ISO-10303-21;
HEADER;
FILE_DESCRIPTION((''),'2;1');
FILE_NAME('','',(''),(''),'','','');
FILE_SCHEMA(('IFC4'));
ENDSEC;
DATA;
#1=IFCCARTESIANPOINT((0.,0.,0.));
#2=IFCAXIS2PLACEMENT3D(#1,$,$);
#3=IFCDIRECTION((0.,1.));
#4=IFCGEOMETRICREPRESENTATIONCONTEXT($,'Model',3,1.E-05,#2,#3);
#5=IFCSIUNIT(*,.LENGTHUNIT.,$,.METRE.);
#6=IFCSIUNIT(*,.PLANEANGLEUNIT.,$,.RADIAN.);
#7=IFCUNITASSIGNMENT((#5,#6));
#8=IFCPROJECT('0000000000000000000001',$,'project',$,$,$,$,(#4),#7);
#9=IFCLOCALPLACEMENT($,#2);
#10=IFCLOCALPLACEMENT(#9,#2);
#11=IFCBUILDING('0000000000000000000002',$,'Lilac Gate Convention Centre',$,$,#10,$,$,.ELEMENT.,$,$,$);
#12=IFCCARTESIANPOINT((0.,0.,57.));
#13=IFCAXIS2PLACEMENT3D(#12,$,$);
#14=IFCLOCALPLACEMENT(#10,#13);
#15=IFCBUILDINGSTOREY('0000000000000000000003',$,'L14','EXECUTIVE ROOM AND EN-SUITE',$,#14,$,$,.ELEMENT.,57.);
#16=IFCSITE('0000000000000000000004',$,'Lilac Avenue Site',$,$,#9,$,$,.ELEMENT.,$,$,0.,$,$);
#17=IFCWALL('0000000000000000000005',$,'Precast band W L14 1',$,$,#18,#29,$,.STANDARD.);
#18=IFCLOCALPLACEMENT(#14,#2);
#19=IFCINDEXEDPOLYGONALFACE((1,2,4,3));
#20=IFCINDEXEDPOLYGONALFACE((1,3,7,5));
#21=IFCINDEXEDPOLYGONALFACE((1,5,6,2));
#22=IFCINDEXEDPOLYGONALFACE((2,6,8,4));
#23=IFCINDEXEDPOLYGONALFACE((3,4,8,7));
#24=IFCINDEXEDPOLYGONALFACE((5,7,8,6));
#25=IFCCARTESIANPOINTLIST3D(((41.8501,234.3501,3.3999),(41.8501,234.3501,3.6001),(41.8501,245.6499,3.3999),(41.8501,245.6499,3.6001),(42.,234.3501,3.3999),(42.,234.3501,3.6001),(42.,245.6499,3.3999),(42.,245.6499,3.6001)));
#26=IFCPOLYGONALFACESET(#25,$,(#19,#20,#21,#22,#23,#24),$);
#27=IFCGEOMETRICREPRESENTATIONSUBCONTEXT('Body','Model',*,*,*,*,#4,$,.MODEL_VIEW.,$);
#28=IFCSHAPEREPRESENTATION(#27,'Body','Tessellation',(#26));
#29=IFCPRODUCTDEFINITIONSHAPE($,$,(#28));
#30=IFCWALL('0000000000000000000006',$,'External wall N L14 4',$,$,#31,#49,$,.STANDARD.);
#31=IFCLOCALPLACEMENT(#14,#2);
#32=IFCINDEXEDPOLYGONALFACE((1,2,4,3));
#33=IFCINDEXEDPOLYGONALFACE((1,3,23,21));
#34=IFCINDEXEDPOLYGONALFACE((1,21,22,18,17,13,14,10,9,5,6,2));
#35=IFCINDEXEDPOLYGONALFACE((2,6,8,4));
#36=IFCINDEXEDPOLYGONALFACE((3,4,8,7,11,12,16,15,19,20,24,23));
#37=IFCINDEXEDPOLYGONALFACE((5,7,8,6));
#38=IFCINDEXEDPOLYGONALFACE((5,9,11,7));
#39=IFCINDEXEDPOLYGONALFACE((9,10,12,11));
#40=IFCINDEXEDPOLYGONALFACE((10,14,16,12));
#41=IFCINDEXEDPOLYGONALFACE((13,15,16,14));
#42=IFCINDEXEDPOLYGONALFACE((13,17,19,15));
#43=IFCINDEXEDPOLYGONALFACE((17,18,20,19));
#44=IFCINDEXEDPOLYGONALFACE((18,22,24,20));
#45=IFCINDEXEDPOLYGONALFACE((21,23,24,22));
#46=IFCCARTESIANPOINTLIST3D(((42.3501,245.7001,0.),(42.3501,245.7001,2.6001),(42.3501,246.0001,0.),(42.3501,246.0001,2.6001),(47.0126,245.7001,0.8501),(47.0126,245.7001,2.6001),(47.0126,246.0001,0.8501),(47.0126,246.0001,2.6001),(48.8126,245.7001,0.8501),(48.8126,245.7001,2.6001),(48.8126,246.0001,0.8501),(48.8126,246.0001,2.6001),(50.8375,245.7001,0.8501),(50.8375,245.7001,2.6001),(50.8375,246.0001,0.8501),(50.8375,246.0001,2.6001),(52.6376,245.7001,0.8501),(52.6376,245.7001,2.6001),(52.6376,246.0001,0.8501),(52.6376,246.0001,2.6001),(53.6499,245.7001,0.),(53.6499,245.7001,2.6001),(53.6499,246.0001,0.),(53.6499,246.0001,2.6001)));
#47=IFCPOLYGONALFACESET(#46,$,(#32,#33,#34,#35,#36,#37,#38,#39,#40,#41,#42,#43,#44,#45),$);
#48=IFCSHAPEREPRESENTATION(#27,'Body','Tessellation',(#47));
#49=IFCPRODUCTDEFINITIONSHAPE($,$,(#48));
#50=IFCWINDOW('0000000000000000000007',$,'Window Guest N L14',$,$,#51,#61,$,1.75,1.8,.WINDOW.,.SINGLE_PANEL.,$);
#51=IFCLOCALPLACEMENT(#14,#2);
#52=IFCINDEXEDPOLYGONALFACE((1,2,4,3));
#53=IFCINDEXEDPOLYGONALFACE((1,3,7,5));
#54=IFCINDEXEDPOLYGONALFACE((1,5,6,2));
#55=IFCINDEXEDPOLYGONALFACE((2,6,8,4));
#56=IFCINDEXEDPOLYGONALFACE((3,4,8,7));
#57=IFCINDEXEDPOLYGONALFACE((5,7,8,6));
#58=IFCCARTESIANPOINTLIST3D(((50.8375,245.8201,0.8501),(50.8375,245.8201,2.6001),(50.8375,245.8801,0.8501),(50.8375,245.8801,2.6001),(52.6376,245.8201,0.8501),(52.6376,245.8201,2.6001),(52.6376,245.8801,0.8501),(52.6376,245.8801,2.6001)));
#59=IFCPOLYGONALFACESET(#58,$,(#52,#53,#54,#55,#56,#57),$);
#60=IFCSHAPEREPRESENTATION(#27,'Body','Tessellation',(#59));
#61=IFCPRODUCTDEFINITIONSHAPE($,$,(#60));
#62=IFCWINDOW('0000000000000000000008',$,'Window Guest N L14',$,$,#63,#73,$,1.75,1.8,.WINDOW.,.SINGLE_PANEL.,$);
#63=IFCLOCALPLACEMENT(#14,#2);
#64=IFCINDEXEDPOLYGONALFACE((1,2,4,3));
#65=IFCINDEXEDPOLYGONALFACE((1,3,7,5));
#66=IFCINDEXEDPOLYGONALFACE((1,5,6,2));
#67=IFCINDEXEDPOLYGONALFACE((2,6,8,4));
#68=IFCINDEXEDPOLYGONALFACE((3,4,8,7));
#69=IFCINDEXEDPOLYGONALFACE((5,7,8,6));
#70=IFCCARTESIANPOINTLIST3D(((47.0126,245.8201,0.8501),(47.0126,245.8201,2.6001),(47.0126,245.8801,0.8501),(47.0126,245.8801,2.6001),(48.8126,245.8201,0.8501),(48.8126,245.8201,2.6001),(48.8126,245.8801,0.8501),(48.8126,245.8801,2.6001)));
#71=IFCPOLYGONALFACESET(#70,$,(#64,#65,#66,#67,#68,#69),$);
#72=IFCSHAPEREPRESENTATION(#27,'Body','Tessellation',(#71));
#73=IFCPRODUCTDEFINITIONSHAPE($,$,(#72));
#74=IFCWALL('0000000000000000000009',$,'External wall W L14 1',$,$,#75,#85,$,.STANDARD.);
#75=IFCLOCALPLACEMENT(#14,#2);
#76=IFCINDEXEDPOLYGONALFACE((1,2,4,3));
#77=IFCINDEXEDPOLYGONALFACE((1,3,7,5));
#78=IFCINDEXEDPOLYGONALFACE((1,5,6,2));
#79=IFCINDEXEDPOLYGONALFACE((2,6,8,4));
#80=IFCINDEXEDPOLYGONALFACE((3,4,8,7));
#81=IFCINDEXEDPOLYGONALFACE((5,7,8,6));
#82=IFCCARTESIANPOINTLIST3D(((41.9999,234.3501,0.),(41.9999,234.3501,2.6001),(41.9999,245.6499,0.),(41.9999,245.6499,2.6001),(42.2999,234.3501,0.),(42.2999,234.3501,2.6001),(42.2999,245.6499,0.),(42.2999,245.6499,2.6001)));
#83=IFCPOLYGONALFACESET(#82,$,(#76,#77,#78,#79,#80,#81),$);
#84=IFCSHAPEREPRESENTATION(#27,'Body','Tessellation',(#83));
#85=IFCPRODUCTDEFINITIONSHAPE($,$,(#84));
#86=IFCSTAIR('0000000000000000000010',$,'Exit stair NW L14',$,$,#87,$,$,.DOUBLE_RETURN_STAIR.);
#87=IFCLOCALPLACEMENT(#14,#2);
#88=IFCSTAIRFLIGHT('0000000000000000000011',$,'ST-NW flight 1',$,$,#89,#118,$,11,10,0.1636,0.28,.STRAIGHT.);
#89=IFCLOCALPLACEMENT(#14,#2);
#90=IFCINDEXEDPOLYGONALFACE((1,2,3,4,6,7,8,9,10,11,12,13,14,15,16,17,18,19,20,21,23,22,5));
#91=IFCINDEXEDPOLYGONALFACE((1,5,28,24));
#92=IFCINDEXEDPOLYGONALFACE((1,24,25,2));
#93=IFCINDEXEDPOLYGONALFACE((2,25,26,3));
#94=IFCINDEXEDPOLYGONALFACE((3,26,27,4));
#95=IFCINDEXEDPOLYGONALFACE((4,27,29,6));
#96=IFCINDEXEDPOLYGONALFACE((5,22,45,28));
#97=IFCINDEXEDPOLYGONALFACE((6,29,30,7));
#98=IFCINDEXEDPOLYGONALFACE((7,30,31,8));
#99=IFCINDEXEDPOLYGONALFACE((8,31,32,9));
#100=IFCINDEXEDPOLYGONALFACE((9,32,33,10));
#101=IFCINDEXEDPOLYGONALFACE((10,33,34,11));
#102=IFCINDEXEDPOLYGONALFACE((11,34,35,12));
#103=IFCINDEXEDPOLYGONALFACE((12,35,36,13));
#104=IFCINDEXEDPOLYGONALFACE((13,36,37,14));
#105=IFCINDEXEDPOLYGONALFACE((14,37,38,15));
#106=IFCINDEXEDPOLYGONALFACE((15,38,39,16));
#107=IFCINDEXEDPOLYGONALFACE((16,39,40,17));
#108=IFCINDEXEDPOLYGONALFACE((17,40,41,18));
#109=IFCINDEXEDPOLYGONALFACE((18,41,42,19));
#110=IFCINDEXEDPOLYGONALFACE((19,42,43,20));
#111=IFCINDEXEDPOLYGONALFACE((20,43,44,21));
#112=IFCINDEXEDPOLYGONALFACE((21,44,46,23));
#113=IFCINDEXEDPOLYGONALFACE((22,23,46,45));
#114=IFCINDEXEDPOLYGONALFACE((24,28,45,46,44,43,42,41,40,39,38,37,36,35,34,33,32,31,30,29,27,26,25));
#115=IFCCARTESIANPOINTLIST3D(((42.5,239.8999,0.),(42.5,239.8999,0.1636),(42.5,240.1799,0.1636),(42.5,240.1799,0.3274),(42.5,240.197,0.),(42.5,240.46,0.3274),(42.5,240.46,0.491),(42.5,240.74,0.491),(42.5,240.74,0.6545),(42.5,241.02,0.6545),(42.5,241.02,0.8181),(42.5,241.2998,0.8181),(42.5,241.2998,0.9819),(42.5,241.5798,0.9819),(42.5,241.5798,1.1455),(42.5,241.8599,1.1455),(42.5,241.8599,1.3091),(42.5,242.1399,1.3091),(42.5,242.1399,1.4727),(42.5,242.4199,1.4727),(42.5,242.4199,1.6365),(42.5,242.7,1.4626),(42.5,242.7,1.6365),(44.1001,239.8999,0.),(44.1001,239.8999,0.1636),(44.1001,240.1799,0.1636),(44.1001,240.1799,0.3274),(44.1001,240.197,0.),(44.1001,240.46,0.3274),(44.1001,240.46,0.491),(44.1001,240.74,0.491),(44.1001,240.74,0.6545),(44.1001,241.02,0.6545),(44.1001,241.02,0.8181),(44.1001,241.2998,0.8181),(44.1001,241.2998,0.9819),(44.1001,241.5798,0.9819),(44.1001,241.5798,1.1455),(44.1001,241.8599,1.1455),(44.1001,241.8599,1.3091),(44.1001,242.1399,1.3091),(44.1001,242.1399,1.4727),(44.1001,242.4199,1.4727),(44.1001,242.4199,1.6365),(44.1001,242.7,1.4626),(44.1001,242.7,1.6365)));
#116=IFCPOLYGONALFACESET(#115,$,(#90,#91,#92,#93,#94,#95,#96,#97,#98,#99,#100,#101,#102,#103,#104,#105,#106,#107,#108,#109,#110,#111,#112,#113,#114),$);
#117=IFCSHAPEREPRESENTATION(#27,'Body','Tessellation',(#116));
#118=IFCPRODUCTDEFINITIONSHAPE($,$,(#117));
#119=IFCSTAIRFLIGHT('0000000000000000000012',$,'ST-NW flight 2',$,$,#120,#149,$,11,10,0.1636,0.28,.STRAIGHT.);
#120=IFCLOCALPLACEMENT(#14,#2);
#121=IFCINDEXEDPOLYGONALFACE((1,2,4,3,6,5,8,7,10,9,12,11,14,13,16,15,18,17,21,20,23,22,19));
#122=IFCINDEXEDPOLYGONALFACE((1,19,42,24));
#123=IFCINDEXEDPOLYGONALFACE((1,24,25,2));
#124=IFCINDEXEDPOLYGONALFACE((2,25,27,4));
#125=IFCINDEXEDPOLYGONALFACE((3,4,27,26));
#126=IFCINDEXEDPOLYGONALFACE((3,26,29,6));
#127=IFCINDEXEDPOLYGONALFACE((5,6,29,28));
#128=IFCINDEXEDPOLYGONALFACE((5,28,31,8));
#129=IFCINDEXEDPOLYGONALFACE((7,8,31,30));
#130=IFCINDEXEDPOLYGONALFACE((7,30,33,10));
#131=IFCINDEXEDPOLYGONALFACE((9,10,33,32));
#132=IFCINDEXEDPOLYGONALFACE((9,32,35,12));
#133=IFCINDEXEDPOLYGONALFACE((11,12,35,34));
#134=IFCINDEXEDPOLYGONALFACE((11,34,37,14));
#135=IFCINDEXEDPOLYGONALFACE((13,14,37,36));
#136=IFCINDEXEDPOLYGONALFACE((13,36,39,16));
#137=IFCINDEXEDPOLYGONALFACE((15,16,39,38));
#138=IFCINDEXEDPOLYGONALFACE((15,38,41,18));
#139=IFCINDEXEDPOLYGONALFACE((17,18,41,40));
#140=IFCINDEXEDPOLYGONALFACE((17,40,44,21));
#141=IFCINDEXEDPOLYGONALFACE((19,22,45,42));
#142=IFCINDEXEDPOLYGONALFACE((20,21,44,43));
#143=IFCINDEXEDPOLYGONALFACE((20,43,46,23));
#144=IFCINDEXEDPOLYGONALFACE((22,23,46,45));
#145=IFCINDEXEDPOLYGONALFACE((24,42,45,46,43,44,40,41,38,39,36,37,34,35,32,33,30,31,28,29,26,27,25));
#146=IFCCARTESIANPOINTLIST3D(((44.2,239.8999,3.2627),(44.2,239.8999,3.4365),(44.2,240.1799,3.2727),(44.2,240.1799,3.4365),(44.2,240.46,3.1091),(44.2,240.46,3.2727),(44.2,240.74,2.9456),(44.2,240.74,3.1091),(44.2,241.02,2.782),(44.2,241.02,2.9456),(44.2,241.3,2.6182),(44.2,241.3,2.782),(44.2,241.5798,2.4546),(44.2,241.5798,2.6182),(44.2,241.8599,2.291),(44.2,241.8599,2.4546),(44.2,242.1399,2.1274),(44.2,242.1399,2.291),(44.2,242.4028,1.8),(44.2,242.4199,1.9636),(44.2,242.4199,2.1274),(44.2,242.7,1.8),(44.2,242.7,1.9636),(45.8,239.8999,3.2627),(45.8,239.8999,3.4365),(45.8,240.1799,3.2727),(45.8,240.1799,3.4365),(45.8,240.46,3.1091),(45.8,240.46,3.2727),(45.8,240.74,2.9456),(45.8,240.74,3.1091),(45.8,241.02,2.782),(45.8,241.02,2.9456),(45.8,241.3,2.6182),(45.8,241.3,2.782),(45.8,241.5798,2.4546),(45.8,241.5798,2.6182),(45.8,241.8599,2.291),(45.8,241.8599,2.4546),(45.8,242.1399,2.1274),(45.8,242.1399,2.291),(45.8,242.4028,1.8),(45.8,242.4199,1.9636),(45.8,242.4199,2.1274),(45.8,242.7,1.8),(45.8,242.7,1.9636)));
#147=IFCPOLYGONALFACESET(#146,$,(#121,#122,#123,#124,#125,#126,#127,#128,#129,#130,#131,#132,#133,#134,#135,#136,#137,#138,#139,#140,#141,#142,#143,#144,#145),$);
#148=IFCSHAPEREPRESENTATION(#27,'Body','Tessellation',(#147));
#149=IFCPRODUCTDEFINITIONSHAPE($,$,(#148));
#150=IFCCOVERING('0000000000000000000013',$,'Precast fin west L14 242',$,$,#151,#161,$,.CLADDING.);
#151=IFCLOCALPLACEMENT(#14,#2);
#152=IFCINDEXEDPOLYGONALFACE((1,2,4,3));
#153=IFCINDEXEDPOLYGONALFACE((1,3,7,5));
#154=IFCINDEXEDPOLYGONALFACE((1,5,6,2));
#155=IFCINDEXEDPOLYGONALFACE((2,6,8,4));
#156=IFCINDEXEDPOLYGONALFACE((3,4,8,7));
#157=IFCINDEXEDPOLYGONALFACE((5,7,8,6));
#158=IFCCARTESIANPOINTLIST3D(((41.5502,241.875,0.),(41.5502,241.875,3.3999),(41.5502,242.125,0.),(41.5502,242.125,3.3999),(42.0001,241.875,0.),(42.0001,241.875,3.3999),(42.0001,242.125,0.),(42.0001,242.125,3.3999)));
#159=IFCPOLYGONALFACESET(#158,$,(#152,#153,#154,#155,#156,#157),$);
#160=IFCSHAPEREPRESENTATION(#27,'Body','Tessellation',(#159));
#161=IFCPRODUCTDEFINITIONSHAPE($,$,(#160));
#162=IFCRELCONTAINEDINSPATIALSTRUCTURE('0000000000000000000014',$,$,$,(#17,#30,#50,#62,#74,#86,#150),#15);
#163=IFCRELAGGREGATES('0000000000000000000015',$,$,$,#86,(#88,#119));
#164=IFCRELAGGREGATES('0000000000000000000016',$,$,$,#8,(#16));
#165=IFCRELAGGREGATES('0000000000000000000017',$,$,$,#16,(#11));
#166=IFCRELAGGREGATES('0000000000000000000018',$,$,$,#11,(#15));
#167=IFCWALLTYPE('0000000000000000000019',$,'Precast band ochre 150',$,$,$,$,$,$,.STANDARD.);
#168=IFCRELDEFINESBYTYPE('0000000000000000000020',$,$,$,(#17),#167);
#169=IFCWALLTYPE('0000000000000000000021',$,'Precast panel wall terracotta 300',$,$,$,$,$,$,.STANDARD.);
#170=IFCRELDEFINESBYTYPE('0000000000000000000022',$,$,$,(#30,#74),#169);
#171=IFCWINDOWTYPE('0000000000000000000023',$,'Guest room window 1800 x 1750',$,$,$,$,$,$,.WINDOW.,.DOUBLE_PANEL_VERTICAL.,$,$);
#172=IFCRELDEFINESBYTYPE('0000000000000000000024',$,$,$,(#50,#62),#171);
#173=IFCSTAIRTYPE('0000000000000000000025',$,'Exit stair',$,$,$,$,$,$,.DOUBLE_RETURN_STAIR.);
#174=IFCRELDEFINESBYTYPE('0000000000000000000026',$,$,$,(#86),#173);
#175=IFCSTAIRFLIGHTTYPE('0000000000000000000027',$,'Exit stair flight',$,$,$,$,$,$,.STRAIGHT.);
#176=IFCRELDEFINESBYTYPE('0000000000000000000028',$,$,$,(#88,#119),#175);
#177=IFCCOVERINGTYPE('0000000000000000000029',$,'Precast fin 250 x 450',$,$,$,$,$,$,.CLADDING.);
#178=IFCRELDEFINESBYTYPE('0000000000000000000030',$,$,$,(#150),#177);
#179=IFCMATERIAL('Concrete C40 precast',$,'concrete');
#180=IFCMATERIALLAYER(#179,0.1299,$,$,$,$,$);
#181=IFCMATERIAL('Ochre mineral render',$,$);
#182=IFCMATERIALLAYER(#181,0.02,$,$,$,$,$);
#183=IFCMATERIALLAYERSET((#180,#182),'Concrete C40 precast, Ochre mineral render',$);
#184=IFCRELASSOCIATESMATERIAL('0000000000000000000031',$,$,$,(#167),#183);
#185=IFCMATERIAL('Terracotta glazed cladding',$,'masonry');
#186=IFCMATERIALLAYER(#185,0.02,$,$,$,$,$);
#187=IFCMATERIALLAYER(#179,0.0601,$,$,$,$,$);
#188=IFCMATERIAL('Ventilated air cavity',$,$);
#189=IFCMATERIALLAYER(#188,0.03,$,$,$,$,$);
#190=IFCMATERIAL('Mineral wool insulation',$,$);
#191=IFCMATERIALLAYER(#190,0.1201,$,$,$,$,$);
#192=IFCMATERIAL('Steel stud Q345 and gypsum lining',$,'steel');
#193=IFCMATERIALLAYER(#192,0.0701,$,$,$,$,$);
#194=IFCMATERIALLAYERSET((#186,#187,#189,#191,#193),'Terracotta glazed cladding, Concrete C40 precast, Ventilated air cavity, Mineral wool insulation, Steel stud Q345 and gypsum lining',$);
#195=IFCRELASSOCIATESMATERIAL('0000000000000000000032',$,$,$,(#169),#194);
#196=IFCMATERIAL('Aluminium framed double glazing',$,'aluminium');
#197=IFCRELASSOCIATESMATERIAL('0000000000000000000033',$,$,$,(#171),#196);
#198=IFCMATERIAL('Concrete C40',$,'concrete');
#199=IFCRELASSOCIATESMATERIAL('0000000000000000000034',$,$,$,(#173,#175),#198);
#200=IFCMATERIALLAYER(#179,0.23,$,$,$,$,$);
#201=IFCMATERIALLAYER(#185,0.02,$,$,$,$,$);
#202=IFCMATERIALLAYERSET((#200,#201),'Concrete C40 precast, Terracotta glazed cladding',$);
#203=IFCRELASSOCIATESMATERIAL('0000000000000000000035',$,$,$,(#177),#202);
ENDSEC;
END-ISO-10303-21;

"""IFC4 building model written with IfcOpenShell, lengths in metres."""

from ifc_helpers import new_model, si_unit, direction, frame, frame_2d, origin, place, context, subcontext, project, spatial, polyline, rectangle, outline, extrude, material, layer, layer_set, type_object, element, fill, aggregate, save


model = new_model("IFC4")

# Units and contexts
model_context = context("Model", 3, precision=1e-05, world=origin(), true_north=direction((0.0, 1.0)))
body_context = subcontext(model_context, "Body", "Model", "MODEL_VIEW")
ifc_project = project(units=[si_unit("LENGTHUNIT", "METRE"), si_unit("PLANEANGLEUNIT", "RADIAN")], contexts=[model_context])

# Site, building, storey
site_placement = place(None, origin())
site = spatial("IfcSite", under=ifc_project, at=site_placement, Name="Lilac Avenue Site", CompositionType="ELEMENT", RefElevation=0.0)
building_placement = place(site_placement, origin())
building = spatial("IfcBuilding", under=site, at=building_placement, Name="Lilac Gate Convention Centre", CompositionType="ELEMENT")
storey_placement = place(building_placement, frame((0.0, 0.0, 57.0)))
storey = spatial("IfcBuildingStorey", under=building, at=storey_placement, Name="L14", Description="EXECUTIVE ROOM AND EN-SUITE", CompositionType="ELEMENT", Elevation=57.0)

# Shared definitions
ifc_material_1 = material(Name="Concrete C40", Category="concrete")

# Wall
ifc_material_2 = material(Name="Concrete C40 precast", Category="concrete")
ifc_layer_1 = layer(ifc_material_2, 0.1299)
ifc_material_3 = material(Name="Ochre mineral render")
ifc_layer_2 = layer(ifc_material_3, 0.02)
ifc_layer_set_1 = layer_set([ifc_layer_1, ifc_layer_2], Name="Concrete C40 precast, Ochre mineral render")
wall_type_1 = type_object("IfcWallType", Name="Precast band ochre 150", PredefinedType="STANDARD", material=ifc_layer_set_1)
for number, where, z_axis, x_axis, name in (
    (1, (41.925, 245.6499, 3.3999), (0.0, 0.0, 1.0), (0.0, -1.0, 0.0), "Precast band W L14 1"),
):
    element("IfcWall", number, at=place(storey_placement, frame(where, z_axis=z_axis, x_axis=x_axis)), inside=storey, type_object=wall_type_1, Name=name, PredefinedType="STANDARD", context=body_context, shape_type="SweptSolid", body=[
        extrude(rectangle(XDim=11.2998, YDim=0.1499, at=frame_2d((5.6499, 0.0))), origin(), (0.0, 0.0, 1.0), 0.2002),
    ])

# Wall, openings, windows
ifc_material_4 = material(Name="Terracotta glazed cladding", Category="masonry")
ifc_layer_3 = layer(ifc_material_4, 0.02)
ifc_layer_4 = layer(ifc_material_2, 0.0601)
ifc_material_5 = material(Name="Ventilated air cavity")
ifc_layer_5 = layer(ifc_material_5, 0.03)
ifc_material_6 = material(Name="Mineral wool insulation")
ifc_layer_6 = layer(ifc_material_6, 0.1201)
ifc_material_7 = material(Name="Steel stud Q345 and gypsum lining", Category="steel")
ifc_layer_7 = layer(ifc_material_7, 0.0701)
ifc_layer_set_2 = layer_set([ifc_layer_3, ifc_layer_4, ifc_layer_5, ifc_layer_6, ifc_layer_7], Name="Terracotta glazed cladding, Concrete C40 precast, Ventilated air cavity, Mineral wool insulation, Steel stud Q345 and gypsum lining")
wall_type_2 = type_object("IfcWallType", Name="Precast panel wall terracotta 300", PredefinedType="STANDARD", material=ifc_layer_set_2)
wall_1_placement = place(storey_placement, frame((53.6499, 245.8501, 0.0), z_axis=(0.0, 0.0, 1.0), x_axis=(-1.0, 0.0, 0.0)))
wall_1 = element("IfcWall", 2, at=wall_1_placement, inside=storey, type_object=wall_type_2, Name="External wall N L14 4", PredefinedType="STANDARD", context=body_context, shape_type="SweptSolid", body=[
    extrude(rectangle(XDim=11.2998, YDim=0.3, at=frame_2d((5.6499, 0.0))), origin(), (0.0, 0.0, 1.0), 2.6001),
])
opening_1_placement = place(wall_1_placement, frame((1.0125, 0.0, 0.8501)))
opening_1 = element("IfcOpeningElement", 3, at=opening_1_placement, cuts=wall_1, PredefinedType="OPENING", context=body_context, shape_type="SweptSolid", body=[
    extrude(rectangle(XDim=1.8, YDim=1.75, at=frame_2d((0.8999, 0.875))), frame((0.0, 0.1599, 0.0), z_axis=(0.0, -1.0, 0.0), x_axis=(1.0, 0.0, 0.0)), (0.0, 0.0, 1.0), 0.3201),
])
opening_2_placement = place(wall_1_placement, frame((4.8374, 0.0, 0.8501)))
opening_2 = element("IfcOpeningElement", 4, at=opening_2_placement, cuts=wall_1, PredefinedType="OPENING", context=body_context, shape_type="SweptSolid", body=[
    extrude(rectangle(XDim=1.8, YDim=1.75, at=frame_2d((0.8999, 0.875))), frame((0.0, 0.1599, 0.0), z_axis=(0.0, -1.0, 0.0), x_axis=(1.0, 0.0, 0.0)), (0.0, 0.0, 1.0), 0.3201),
])
ifc_material_8 = material(Name="Aluminium framed double glazing", Category="aluminium")
window_type = type_object("IfcWindowType", Name="Guest room window 1800 x 1750", PartitioningType="DOUBLE_PANEL_VERTICAL", PredefinedType="WINDOW", material=ifc_material_8)
window_1_placement = place(opening_1_placement, origin())
window_1 = element("IfcWindow", 5, at=window_1_placement, inside=storey, type_object=window_type, Name="Window Guest N L14", OverallHeight=1.75, OverallWidth=1.8, PartitioningType="SINGLE_PANEL", PredefinedType="WINDOW", context=body_context, shape_type="SweptSolid", body=[
    extrude(rectangle(XDim=1.8, YDim=1.75, at=frame_2d((0.8999, 0.875))), frame((0.0, 0.03, 0.0), z_axis=(0.0, -1.0, 0.0), x_axis=(1.0, 0.0, 0.0)), (0.0, 0.0, 1.0), 0.0601),
])
fill(opening_1, window_1)
window_2_placement = place(opening_2_placement, origin())
window_2 = element("IfcWindow", 6, at=window_2_placement, inside=storey, type_object=window_type, Name="Window Guest N L14", OverallHeight=1.75, OverallWidth=1.8, PartitioningType="SINGLE_PANEL", PredefinedType="WINDOW", context=body_context, shape_type="SweptSolid", body=[
    extrude(rectangle(XDim=1.8, YDim=1.75, at=frame_2d((0.8999, 0.875))), frame((0.0, 0.03, 0.0), z_axis=(0.0, -1.0, 0.0), x_axis=(1.0, 0.0, 0.0)), (0.0, 0.0, 1.0), 0.0601),
])
fill(opening_2, window_2)

# Wall
wall_2_placement = place(storey_placement, frame((42.1499, 245.6499, 0.0), z_axis=(0.0, 0.0, 1.0), x_axis=(0.0, -1.0, 0.0)))
element("IfcWall", 7, at=wall_2_placement, inside=storey, type_object=wall_type_2, Name="External wall W L14 1", PredefinedType="STANDARD", context=body_context, shape_type="SweptSolid", body=[
    extrude(rectangle(XDim=11.2998, YDim=0.3, at=frame_2d((5.6499, 0.0))), origin(), (0.0, 0.0, 1.0), 2.6001),
])

# Stair, stair flights
stair_type = type_object("IfcStairType", Name="Exit stair", PredefinedType="DOUBLE_RETURN_STAIR", material=ifc_material_1)
stair_placement = place(storey_placement, origin())
stair = element("IfcStair", 8, at=stair_placement, inside=storey, type_object=stair_type, Name="Exit stair NW L14", PredefinedType="DOUBLE_RETURN_STAIR")
stair_flight_type = type_object("IfcStairFlightType", Name="Exit stair flight", PredefinedType="STRAIGHT", material=ifc_material_1)
stair_flight_1_placement = place(storey_placement, frame((43.3, 239.8999, 0.0), z_axis=(0.0, 0.0, 1.0), x_axis=(0.0, 1.0, 0.0)))
stair_flight_1 = element("IfcStairFlight", 9, at=stair_flight_1_placement, type_object=stair_flight_type, Name="ST-NW flight 1", NumberOfRisers=11, NumberOfTreads=10, PredefinedType="STRAIGHT", RiserHeight=0.1636, TreadLength=0.28, context=body_context, shape_type="SweptSolid", body=[
    extrude(outline(polyline([(0.0, 0.0), (0.0, 0.1636), (0.28, 0.1636), (0.28, 0.3274), (0.5601, 0.3274), (0.5601, 0.491), (0.8401, 0.491), (0.8401, 0.6545), (1.1201, 0.6545), (1.1201, 0.8181), (1.3999, 0.8181), (1.3999, 0.9819), (1.6799, 0.9819), (1.6799, 1.1455), (1.96, 1.1455), (1.96, 1.3091), (2.24, 1.3091), (2.24, 1.4727), (2.52, 1.4727), (2.52, 1.6365), (2.8, 1.6365), (2.8, 1.8), (2.8, 1.4626), (0.2971, 0.0), (0.0, 0.0)])), frame((0.0, 0.8, 0.0), z_axis=(0.0, -1.0, 0.0), x_axis=(1.0, 0.0, 0.0)), (0.0, 0.0, 1.0), 1.6001),
])
stair_flight_2_placement = place(storey_placement, frame((45.0, 242.7, 1.8), z_axis=(0.0, 0.0, 1.0), x_axis=(0.0, -1.0, 0.0)))
stair_flight_2 = element("IfcStairFlight", 10, at=stair_flight_2_placement, type_object=stair_flight_type, Name="ST-NW flight 2", NumberOfRisers=11, NumberOfTreads=10, PredefinedType="STRAIGHT", RiserHeight=0.1636, TreadLength=0.28, context=body_context, shape_type="SweptSolid", body=[
    extrude(outline(polyline([(0.0, 0.0), (0.0, 0.1636), (0.28, 0.1636), (0.28, 0.3274), (0.5601, 0.3274), (0.5601, 0.491), (0.8401, 0.491), (0.8401, 0.6545), (1.1201, 0.6545), (1.1201, 0.8181), (1.3999, 0.8181), (1.3999, 0.9819), (1.6799, 0.9819), (1.6799, 1.1455), (1.96, 1.1455), (1.96, 1.3091), (2.24, 1.3091), (2.24, 1.4727), (2.52, 1.4727), (2.52, 1.6365), (2.8, 1.6365), (2.8, 1.8), (2.8, 1.4626), (0.2971, 0.0), (0.0, 0.0)])), frame((0.0, 0.8, 0.0), z_axis=(0.0, -1.0, 0.0), x_axis=(1.0, 0.0, 0.0)), (0.0, 0.0, 1.0), 1.6001),
])
aggregate(stair, [stair_flight_1, stair_flight_2])

# Covering
ifc_layer_8 = layer(ifc_material_2, 0.23)
ifc_layer_9 = layer(ifc_material_4, 0.02)
ifc_layer_set_3 = layer_set([ifc_layer_8, ifc_layer_9], Name="Concrete C40 precast, Terracotta glazed cladding")
covering_type = type_object("IfcCoveringType", Name="Precast fin 250 x 450", PredefinedType="CLADDING", material=ifc_layer_set_3)
covering_placement = place(storey_placement, frame((41.55, 242.0, 0.0), z_axis=(0.0, 0.0, 1.0), x_axis=(1.0, 0.0, 0.0)))
element("IfcCovering", 11, at=covering_placement, inside=storey, type_object=covering_type, Name="Precast fin west L14 242", PredefinedType="CLADDING", context=body_context, shape_type="SweptSolid", body=[
    extrude(rectangle(XDim=0.45, YDim=0.25, at=frame_2d((0.2251, 0.0))), origin(), (0.0, 0.0, 1.0), 3.3999),
])

save(model, "model.ifc")
